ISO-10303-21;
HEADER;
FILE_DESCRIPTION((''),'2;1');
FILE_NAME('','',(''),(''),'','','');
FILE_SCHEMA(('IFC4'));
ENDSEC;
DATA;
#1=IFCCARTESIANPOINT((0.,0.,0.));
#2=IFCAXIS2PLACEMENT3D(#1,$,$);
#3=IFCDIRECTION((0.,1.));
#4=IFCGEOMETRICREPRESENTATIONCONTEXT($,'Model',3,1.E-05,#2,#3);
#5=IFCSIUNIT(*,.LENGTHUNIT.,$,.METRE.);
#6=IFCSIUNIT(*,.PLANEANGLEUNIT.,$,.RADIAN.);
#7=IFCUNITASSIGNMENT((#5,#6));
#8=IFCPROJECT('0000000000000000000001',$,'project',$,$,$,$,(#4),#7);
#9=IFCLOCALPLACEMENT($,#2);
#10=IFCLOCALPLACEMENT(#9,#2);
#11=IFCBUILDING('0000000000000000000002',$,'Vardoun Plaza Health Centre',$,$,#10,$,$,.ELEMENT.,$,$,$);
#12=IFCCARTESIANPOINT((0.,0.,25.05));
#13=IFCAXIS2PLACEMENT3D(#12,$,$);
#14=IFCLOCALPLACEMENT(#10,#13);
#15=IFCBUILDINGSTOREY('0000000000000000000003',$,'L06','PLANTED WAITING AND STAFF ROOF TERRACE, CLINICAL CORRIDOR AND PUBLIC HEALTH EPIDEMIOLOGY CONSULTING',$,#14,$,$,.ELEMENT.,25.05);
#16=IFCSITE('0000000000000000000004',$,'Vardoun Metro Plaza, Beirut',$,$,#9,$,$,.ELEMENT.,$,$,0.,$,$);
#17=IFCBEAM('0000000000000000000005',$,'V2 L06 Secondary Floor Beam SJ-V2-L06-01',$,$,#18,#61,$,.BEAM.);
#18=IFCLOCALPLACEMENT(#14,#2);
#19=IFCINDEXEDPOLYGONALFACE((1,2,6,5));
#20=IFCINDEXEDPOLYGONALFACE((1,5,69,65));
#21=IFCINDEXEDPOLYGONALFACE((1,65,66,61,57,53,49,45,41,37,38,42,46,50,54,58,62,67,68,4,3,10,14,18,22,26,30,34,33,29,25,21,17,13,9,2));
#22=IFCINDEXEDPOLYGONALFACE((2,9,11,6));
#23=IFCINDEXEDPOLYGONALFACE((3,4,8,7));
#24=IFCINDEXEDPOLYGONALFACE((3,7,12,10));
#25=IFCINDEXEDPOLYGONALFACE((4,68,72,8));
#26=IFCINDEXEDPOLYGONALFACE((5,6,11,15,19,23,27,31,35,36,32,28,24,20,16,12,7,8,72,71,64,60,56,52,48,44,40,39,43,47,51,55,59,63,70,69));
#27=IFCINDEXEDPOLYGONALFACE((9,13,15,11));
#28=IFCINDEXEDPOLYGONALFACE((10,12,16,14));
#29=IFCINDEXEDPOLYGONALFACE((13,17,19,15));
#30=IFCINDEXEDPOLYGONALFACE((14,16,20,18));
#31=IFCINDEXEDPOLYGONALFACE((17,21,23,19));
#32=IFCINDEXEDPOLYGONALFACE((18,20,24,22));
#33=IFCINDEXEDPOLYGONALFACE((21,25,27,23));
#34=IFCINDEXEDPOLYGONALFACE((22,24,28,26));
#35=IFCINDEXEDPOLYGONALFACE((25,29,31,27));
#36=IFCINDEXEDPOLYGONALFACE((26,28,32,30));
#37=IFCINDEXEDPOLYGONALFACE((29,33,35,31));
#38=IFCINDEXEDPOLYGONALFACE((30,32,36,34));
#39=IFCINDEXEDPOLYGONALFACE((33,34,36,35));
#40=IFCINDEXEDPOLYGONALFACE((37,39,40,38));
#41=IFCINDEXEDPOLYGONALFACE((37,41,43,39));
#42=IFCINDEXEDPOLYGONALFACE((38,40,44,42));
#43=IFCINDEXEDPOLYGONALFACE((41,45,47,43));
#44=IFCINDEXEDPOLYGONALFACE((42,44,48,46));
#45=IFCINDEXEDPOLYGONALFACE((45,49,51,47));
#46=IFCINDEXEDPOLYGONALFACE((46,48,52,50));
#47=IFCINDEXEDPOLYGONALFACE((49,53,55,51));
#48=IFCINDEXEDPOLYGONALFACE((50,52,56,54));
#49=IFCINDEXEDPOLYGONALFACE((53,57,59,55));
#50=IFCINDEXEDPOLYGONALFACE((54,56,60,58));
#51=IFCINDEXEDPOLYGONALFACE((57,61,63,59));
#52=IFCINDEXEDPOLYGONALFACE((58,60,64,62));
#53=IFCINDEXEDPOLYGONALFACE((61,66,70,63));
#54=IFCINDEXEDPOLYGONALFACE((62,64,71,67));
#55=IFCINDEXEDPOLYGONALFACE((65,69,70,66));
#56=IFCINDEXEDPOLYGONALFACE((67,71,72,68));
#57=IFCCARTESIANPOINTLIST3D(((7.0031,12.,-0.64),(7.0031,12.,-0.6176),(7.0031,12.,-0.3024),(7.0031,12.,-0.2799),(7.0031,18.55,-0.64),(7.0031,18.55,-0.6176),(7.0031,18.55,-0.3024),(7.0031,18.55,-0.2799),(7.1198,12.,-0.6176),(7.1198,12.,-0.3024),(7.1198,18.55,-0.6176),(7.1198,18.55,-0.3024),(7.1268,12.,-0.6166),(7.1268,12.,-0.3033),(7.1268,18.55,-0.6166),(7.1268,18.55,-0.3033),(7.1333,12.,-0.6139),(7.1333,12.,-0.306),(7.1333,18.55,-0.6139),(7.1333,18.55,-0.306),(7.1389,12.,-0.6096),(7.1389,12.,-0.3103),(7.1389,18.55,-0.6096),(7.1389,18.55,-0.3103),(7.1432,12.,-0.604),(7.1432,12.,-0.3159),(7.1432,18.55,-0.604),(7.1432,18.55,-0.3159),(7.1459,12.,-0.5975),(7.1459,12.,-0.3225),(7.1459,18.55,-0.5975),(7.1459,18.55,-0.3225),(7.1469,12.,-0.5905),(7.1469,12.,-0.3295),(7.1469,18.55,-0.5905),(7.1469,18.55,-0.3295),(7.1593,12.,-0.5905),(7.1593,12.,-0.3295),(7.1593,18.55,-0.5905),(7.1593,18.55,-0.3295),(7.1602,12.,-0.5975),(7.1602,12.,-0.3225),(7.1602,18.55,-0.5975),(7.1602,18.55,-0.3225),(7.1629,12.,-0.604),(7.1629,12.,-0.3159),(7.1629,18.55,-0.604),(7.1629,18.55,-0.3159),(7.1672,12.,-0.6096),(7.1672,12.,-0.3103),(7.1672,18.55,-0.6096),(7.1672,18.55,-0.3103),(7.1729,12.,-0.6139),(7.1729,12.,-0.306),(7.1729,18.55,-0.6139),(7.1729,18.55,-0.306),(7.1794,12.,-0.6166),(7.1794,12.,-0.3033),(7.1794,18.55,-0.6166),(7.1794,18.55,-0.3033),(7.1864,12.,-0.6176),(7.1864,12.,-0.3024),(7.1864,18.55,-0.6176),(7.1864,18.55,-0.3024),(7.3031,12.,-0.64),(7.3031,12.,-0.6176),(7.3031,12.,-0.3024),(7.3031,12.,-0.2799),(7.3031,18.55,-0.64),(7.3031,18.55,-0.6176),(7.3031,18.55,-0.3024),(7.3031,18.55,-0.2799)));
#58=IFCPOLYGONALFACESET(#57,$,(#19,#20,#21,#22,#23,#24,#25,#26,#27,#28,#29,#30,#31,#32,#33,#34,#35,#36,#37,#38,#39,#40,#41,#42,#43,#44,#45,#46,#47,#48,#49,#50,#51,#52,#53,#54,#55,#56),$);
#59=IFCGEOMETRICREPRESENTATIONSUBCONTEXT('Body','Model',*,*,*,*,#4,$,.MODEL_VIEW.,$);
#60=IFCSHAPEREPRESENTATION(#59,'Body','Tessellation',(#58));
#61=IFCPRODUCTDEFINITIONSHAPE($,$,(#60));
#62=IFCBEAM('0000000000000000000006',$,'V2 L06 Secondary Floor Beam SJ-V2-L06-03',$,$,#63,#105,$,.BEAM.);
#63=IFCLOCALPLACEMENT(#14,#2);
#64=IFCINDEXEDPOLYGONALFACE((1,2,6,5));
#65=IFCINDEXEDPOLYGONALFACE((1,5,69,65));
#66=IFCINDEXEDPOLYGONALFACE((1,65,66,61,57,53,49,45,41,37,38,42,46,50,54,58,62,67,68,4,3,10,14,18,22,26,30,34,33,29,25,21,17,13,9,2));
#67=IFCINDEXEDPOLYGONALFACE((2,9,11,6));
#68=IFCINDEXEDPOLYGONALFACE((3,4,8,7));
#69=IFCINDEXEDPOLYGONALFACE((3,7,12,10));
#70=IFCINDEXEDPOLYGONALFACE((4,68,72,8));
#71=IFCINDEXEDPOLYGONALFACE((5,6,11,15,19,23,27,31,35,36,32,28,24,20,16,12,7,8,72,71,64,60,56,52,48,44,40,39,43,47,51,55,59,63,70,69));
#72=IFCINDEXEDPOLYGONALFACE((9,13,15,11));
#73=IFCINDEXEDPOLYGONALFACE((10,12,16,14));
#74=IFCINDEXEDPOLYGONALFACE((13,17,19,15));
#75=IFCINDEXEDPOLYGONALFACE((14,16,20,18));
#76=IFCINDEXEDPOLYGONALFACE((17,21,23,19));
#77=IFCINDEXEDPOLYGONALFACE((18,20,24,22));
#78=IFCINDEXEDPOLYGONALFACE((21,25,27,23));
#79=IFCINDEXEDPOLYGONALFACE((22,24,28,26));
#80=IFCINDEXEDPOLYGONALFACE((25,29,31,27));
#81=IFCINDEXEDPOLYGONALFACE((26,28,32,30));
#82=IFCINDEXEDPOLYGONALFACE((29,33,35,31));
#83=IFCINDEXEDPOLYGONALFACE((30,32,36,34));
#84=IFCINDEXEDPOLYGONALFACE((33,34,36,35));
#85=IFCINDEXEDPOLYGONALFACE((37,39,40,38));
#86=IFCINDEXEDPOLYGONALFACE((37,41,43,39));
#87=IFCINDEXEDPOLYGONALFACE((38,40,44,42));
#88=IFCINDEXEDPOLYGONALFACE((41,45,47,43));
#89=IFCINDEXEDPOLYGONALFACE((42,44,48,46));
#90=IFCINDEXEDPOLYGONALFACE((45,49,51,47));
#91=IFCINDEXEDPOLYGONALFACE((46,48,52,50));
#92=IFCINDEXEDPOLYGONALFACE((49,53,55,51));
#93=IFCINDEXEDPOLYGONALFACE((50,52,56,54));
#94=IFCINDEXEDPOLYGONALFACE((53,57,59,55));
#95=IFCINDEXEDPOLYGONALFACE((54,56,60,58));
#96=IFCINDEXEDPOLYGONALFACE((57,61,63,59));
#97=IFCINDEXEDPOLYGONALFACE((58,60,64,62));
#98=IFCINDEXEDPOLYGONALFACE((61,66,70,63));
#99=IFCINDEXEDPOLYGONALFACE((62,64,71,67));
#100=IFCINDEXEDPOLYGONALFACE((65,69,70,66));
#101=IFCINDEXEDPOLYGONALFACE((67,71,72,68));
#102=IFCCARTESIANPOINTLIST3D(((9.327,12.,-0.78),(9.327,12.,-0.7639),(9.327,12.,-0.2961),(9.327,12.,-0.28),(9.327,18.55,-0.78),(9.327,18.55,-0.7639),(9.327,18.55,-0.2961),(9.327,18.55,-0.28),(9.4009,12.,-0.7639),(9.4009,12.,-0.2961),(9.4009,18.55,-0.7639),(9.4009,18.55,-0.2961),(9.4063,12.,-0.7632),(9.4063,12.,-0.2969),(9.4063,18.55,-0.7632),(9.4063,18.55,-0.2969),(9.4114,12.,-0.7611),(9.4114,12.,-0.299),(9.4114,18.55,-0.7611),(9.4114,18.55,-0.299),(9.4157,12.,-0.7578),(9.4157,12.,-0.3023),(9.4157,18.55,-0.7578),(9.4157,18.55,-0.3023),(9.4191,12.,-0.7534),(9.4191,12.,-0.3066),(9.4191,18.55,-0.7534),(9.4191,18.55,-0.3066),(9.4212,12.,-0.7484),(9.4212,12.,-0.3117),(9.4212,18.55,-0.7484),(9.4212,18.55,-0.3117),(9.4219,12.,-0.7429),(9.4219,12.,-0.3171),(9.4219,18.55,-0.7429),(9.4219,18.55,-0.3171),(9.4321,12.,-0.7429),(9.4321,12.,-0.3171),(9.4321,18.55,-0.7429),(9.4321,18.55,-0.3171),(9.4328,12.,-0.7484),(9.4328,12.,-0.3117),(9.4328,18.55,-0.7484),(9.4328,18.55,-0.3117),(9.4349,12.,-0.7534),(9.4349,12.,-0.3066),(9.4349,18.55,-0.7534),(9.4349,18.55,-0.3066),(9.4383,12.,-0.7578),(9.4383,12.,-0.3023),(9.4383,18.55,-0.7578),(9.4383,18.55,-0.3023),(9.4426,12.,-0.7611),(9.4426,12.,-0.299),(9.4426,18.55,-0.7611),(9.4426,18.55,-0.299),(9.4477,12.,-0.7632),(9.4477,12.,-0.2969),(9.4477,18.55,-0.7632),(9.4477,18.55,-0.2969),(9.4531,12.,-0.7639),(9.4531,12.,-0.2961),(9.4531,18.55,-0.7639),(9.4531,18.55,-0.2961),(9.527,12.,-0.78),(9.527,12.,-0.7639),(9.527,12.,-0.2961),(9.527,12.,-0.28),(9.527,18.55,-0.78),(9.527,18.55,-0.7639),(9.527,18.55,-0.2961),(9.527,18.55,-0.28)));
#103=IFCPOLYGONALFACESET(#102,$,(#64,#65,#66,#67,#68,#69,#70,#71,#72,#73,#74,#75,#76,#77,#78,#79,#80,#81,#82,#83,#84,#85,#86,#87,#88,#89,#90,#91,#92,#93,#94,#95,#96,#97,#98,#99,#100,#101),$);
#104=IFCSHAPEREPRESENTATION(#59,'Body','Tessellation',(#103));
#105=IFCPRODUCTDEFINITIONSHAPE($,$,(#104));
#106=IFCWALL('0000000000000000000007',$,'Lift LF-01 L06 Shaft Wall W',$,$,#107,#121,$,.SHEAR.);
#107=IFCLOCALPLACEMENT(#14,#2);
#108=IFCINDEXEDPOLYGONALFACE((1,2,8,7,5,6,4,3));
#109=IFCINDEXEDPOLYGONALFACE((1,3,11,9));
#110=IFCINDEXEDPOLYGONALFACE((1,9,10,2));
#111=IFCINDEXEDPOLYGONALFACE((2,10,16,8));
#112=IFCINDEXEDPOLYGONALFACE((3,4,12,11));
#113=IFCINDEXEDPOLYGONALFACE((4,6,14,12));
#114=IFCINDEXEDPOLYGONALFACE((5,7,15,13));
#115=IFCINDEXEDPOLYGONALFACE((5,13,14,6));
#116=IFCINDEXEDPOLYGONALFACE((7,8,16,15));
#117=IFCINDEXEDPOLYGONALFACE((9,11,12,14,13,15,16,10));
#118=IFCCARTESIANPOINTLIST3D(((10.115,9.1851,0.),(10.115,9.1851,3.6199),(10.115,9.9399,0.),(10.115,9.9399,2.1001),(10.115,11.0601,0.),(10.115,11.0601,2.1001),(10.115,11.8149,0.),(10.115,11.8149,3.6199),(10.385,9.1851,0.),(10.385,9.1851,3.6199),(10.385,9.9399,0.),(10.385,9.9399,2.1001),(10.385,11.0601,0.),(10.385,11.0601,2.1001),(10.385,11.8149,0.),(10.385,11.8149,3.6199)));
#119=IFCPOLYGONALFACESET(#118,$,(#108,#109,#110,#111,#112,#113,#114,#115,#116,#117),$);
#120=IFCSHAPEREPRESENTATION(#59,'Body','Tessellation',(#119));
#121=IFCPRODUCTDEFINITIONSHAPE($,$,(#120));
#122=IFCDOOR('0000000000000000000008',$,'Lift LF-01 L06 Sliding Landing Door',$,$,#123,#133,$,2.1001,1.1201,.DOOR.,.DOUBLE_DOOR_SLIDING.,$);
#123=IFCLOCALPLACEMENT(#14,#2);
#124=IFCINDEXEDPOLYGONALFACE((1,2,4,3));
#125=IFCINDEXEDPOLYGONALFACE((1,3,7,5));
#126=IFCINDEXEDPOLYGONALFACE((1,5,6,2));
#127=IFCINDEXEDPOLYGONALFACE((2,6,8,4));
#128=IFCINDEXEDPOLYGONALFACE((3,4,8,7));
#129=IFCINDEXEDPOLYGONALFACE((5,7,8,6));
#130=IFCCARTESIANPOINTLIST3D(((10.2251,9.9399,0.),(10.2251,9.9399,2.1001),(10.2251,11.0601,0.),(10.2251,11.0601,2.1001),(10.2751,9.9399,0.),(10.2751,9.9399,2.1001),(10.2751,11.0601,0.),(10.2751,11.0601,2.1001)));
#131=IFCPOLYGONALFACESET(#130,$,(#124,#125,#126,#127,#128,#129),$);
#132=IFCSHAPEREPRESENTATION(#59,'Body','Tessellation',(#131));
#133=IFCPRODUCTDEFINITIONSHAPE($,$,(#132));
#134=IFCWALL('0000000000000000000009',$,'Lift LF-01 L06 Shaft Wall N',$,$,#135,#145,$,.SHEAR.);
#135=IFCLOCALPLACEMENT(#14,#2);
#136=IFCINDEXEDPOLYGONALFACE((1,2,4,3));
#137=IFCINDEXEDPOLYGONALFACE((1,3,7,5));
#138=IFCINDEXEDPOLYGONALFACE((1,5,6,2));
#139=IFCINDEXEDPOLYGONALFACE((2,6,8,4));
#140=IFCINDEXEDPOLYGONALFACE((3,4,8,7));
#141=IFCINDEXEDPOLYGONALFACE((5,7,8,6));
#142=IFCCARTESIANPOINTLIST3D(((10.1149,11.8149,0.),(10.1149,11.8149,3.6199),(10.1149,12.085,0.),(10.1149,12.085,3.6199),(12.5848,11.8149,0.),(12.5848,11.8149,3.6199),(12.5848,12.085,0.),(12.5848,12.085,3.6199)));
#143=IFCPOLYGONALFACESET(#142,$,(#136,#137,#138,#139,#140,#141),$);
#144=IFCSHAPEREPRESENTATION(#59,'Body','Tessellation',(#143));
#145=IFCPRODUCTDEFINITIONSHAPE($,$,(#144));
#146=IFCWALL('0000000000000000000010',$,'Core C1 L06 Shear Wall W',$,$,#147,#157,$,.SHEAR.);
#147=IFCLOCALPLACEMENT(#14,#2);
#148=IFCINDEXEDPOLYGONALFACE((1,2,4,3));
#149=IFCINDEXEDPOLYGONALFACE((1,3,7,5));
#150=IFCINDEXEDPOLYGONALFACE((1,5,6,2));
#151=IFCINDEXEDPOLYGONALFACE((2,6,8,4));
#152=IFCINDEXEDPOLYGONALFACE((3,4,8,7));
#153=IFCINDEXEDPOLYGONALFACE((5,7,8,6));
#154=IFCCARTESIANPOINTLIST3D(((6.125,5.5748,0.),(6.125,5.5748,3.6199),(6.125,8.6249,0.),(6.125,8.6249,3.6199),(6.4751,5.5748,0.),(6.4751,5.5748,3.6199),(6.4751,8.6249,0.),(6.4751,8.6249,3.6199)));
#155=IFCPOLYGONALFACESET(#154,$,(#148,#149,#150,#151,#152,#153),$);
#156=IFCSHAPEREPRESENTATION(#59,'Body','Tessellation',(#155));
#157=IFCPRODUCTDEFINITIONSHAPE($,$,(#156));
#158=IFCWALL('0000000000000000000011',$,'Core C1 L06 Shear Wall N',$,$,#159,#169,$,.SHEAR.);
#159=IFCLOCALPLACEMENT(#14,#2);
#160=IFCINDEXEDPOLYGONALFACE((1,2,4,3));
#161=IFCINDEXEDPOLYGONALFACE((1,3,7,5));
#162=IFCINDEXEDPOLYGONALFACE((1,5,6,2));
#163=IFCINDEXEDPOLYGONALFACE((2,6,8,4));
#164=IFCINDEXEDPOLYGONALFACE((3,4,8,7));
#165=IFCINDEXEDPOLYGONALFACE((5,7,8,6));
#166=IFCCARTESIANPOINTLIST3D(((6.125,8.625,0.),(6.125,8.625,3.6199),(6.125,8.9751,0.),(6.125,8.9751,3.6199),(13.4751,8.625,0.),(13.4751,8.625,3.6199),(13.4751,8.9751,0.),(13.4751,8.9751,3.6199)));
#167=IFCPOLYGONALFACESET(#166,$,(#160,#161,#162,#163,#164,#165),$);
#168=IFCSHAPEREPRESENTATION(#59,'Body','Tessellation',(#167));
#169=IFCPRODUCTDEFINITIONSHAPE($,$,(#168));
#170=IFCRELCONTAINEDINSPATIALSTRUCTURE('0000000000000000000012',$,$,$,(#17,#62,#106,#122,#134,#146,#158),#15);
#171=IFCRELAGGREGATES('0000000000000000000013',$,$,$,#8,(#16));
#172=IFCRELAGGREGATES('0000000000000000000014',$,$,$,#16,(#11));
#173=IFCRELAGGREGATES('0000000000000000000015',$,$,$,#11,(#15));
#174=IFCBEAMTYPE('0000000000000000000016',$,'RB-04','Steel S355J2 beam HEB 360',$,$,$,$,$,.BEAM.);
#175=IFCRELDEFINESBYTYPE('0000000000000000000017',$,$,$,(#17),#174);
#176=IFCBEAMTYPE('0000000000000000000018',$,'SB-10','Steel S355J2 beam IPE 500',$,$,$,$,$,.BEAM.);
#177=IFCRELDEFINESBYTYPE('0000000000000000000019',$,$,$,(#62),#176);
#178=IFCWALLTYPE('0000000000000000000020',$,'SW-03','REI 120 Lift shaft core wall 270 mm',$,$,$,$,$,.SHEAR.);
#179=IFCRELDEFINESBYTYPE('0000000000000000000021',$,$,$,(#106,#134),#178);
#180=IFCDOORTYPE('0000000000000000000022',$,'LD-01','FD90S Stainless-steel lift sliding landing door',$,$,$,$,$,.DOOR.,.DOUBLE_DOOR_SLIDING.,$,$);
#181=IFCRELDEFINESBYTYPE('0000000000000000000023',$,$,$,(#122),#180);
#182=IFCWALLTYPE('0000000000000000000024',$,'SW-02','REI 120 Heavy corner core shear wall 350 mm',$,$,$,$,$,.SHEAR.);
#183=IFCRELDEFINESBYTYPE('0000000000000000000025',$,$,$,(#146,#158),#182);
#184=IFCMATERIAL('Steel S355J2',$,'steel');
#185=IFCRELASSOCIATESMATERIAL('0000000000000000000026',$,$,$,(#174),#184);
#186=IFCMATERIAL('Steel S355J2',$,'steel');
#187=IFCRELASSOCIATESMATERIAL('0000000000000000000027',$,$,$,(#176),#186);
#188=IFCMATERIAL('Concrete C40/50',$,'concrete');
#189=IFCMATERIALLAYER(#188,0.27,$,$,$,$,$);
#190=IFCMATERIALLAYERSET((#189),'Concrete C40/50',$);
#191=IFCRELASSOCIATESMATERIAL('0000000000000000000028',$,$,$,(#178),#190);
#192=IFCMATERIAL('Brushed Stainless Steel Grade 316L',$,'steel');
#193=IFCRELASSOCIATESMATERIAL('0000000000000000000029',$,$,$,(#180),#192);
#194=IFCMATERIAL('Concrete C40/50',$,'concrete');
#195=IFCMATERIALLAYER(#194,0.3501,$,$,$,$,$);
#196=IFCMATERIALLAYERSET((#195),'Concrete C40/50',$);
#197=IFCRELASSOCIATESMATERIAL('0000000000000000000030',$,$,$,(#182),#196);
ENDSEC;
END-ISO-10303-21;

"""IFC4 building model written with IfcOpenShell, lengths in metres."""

from ifc_helpers import new_model, si_unit, direction, frame, frame_2d, origin, origin_2d, place, context, subcontext, project, spatial, rectangle, i_section, extrude, material, layer, layer_set, material_profile, profile_set, type_object, element, fill, save


model = new_model("IFC4")

# Units and contexts
model_context = context("Model", 3, precision=1e-05, world=origin(), true_north=direction((0.0, 1.0)))
body_context = subcontext(model_context, "Body", "Model", "MODEL_VIEW")
ifc_project = project(units=[si_unit("LENGTHUNIT", "METRE"), si_unit("PLANEANGLEUNIT", "RADIAN")], contexts=[model_context])

# Site, building, storey
site_placement = place(None, origin())
site = spatial("IfcSite", under=ifc_project, at=site_placement, Name="Vardoun Metro Plaza, Beirut", CompositionType="ELEMENT", RefElevation=0.0)
building_placement = place(site_placement, origin())
building = spatial("IfcBuilding", under=site, at=building_placement, Name="Vardoun Plaza Health Centre", CompositionType="ELEMENT")
storey_placement = place(building_placement, frame((0.0, 0.0, 25.05)))
storey = spatial("IfcBuildingStorey", under=building, at=storey_placement, Name="L06", Description="PLANTED WAITING AND STAFF ROOF TERRACE, CLINICAL CORRIDOR AND PUBLIC HEALTH EPIDEMIOLOGY CONSULTING", CompositionType="ELEMENT", Elevation=25.05)

# Beams
ifc_material_1 = material(Name="Steel S355J2", Category="steel")
ifc_material_profile_1 = material_profile(ifc_material_1, i_section(OverallWidth=0.3, OverallDepth=0.3601, WebThickness=0.0125, FlangeThickness=0.0225, FilletRadius=0.0271, at=origin_2d()), Name="HEB 360")
ifc_profile_set_1 = profile_set([ifc_material_profile_1], Name="Steel S355J2")
beam_type_1 = type_object("IfcBeamType", Name="RB-04", Description="Steel S355J2 beam HEB 360", PredefinedType="BEAM", material=ifc_profile_set_1)
beam_1_placement = place(storey_placement, frame((7.1531, 12.0, -0.46), z_axis=(0.0, 1.0, 0.0), x_axis=(-1.0, 0.0, 0.0)))
element("IfcBeam", 1, at=beam_1_placement, inside=storey, type_object=beam_type_1, Name="V2 L06 Secondary Floor Beam SJ-V2-L06-01", PredefinedType="BEAM", context=body_context, shape_type="SweptSolid", body=[
    extrude(i_section(OverallWidth=0.3, OverallDepth=0.3601, WebThickness=0.0125, FlangeThickness=0.0225, FilletRadius=0.0271, at=origin_2d()), origin(), (0.0, 0.0, 1.0), 6.55),
])
ifc_material_2 = material(Name="Steel S355J2", Category="steel")
ifc_material_profile_2 = material_profile(ifc_material_2, i_section(OverallWidth=0.2, OverallDepth=0.5, WebThickness=0.0103, FlangeThickness=0.0161, FilletRadius=0.021, at=origin_2d()), Name="IPE 500")
ifc_profile_set_2 = profile_set([ifc_material_profile_2], Name="Steel S355J2")
beam_type_2 = type_object("IfcBeamType", Name="SB-10", Description="Steel S355J2 beam IPE 500", PredefinedType="BEAM", material=ifc_profile_set_2)
beam_2_placement = place(storey_placement, frame((9.427, 12.0, -0.53), z_axis=(0.0, 1.0, 0.0), x_axis=(-1.0, 0.0, 0.0)))
element("IfcBeam", 2, at=beam_2_placement, inside=storey, type_object=beam_type_2, Name="V2 L06 Secondary Floor Beam SJ-V2-L06-03", PredefinedType="BEAM", context=body_context, shape_type="SweptSolid", body=[
    extrude(i_section(OverallWidth=0.2, OverallDepth=0.5, WebThickness=0.0103, FlangeThickness=0.0161, FilletRadius=0.021, at=origin_2d()), origin(), (0.0, 0.0, 1.0), 6.55),
])

# Wall, opening, door
ifc_material_3 = material(Name="Concrete C40/50", Category="concrete")
ifc_layer_1 = layer(ifc_material_3, 0.27)
ifc_layer_set_1 = layer_set([ifc_layer_1], Name="Concrete C40/50")
wall_type_1 = type_object("IfcWallType", Name="SW-03", Description="REI 120 Lift shaft core wall 270 mm", PredefinedType="SHEAR", material=ifc_layer_set_1)
wall_1_placement = place(storey_placement, frame((10.25, 9.1851, 0.0), z_axis=(0.0, 0.0, 1.0), x_axis=(0.0, 1.0, 0.0)))
wall_1 = element("IfcWall", 3, at=wall_1_placement, inside=storey, type_object=wall_type_1, Name="Lift LF-01 L06 Shaft Wall W", PredefinedType="SHEAR", context=body_context, shape_type="SweptSolid", body=[
    extrude(rectangle(XDim=2.6299, YDim=0.27, at=frame_2d((1.3149, 0.0))), origin(), (0.0, 0.0, 1.0), 3.6199),
])
opening_1_placement = place(wall_1_placement, frame((0.7549, 0.0, 0.0)))
opening_1 = element("IfcOpeningElement", 4, at=opening_1_placement, cuts=wall_1, PredefinedType="OPENING", context=body_context, shape_type="SweptSolid", body=[
    extrude(rectangle(XDim=1.1201, YDim=2.1001, at=frame_2d((0.5601, 1.05))), frame((0.0, 0.135, 0.0), z_axis=(0.0, -1.0, 0.0), x_axis=(1.0, 0.0, 0.0)), (0.0, 0.0, 1.0), 0.27),
])
ifc_material_4 = material(Name="Brushed Stainless Steel Grade 316L", Category="steel")
door_type_1 = type_object("IfcDoorType", Name="LD-01", Description="FD90S Stainless-steel lift sliding landing door", OperationType="DOUBLE_DOOR_SLIDING", PredefinedType="DOOR", material=ifc_material_4)
door_1_placement = place(opening_1_placement, origin())
door_1 = element("IfcDoor", 5, at=door_1_placement, inside=storey, type_object=door_type_1, Name="Lift LF-01 L06 Sliding Landing Door", OperationType="DOUBLE_DOOR_SLIDING", OverallHeight=2.1001, OverallWidth=1.1201, PredefinedType="DOOR", context=body_context, shape_type="SweptSolid", body=[
    extrude(rectangle(XDim=1.1201, YDim=2.1001, at=frame_2d((0.5601, 1.05))), frame((0.0, 0.0249, 0.0), z_axis=(0.0, -1.0, 0.0), x_axis=(1.0, 0.0, 0.0)), (0.0, 0.0, 1.0), 0.05),
])
fill(opening_1, door_1)

# Walls
wall_2_placement = place(storey_placement, frame((10.115, 11.95, 0.0), z_axis=(0.0, 0.0, 1.0), x_axis=(1.0, 0.0, 0.0)))
element("IfcWall", 6, at=wall_2_placement, inside=storey, type_object=wall_type_1, Name="Lift LF-01 L06 Shaft Wall N", PredefinedType="SHEAR", context=body_context, shape_type="SweptSolid", body=[
    extrude(rectangle(XDim=2.47, YDim=0.27, at=frame_2d((1.2349, 0.0))), origin(), (0.0, 0.0, 1.0), 3.6199),
])
ifc_material_5 = material(Name="Concrete C40/50", Category="concrete")
ifc_layer_2 = layer(ifc_material_5, 0.3501)
ifc_layer_set_2 = layer_set([ifc_layer_2], Name="Concrete C40/50")
wall_type_2 = type_object("IfcWallType", Name="SW-02", Description="REI 120 Heavy corner core shear wall 350 mm", PredefinedType="SHEAR", material=ifc_layer_set_2)
wall_3_placement = place(storey_placement, frame((6.3, 5.575, 0.0), z_axis=(0.0, 0.0, 1.0), x_axis=(0.0, 1.0, 0.0)))
element("IfcWall", 7, at=wall_3_placement, inside=storey, type_object=wall_type_2, Name="Core C1 L06 Shear Wall W", PredefinedType="SHEAR", context=body_context, shape_type="SweptSolid", body=[
    extrude(rectangle(XDim=3.05, YDim=0.3501, at=frame_2d((1.5249, 0.0))), origin(), (0.0, 0.0, 1.0), 3.6199),
])
wall_4_placement = place(storey_placement, frame((6.125, 8.8, 0.0), z_axis=(0.0, 0.0, 1.0), x_axis=(1.0, 0.0, 0.0)))
element("IfcWall", 8, at=wall_4_placement, inside=storey, type_object=wall_type_2, Name="Core C1 L06 Shear Wall N", PredefinedType="SHEAR", context=body_context, shape_type="SweptSolid", body=[
    extrude(rectangle(XDim=7.3501, YDim=0.3501, at=frame_2d((3.675, 0.0))), origin(), (0.0, 0.0, 1.0), 3.6199),
])

save(model, "model.ifc")
